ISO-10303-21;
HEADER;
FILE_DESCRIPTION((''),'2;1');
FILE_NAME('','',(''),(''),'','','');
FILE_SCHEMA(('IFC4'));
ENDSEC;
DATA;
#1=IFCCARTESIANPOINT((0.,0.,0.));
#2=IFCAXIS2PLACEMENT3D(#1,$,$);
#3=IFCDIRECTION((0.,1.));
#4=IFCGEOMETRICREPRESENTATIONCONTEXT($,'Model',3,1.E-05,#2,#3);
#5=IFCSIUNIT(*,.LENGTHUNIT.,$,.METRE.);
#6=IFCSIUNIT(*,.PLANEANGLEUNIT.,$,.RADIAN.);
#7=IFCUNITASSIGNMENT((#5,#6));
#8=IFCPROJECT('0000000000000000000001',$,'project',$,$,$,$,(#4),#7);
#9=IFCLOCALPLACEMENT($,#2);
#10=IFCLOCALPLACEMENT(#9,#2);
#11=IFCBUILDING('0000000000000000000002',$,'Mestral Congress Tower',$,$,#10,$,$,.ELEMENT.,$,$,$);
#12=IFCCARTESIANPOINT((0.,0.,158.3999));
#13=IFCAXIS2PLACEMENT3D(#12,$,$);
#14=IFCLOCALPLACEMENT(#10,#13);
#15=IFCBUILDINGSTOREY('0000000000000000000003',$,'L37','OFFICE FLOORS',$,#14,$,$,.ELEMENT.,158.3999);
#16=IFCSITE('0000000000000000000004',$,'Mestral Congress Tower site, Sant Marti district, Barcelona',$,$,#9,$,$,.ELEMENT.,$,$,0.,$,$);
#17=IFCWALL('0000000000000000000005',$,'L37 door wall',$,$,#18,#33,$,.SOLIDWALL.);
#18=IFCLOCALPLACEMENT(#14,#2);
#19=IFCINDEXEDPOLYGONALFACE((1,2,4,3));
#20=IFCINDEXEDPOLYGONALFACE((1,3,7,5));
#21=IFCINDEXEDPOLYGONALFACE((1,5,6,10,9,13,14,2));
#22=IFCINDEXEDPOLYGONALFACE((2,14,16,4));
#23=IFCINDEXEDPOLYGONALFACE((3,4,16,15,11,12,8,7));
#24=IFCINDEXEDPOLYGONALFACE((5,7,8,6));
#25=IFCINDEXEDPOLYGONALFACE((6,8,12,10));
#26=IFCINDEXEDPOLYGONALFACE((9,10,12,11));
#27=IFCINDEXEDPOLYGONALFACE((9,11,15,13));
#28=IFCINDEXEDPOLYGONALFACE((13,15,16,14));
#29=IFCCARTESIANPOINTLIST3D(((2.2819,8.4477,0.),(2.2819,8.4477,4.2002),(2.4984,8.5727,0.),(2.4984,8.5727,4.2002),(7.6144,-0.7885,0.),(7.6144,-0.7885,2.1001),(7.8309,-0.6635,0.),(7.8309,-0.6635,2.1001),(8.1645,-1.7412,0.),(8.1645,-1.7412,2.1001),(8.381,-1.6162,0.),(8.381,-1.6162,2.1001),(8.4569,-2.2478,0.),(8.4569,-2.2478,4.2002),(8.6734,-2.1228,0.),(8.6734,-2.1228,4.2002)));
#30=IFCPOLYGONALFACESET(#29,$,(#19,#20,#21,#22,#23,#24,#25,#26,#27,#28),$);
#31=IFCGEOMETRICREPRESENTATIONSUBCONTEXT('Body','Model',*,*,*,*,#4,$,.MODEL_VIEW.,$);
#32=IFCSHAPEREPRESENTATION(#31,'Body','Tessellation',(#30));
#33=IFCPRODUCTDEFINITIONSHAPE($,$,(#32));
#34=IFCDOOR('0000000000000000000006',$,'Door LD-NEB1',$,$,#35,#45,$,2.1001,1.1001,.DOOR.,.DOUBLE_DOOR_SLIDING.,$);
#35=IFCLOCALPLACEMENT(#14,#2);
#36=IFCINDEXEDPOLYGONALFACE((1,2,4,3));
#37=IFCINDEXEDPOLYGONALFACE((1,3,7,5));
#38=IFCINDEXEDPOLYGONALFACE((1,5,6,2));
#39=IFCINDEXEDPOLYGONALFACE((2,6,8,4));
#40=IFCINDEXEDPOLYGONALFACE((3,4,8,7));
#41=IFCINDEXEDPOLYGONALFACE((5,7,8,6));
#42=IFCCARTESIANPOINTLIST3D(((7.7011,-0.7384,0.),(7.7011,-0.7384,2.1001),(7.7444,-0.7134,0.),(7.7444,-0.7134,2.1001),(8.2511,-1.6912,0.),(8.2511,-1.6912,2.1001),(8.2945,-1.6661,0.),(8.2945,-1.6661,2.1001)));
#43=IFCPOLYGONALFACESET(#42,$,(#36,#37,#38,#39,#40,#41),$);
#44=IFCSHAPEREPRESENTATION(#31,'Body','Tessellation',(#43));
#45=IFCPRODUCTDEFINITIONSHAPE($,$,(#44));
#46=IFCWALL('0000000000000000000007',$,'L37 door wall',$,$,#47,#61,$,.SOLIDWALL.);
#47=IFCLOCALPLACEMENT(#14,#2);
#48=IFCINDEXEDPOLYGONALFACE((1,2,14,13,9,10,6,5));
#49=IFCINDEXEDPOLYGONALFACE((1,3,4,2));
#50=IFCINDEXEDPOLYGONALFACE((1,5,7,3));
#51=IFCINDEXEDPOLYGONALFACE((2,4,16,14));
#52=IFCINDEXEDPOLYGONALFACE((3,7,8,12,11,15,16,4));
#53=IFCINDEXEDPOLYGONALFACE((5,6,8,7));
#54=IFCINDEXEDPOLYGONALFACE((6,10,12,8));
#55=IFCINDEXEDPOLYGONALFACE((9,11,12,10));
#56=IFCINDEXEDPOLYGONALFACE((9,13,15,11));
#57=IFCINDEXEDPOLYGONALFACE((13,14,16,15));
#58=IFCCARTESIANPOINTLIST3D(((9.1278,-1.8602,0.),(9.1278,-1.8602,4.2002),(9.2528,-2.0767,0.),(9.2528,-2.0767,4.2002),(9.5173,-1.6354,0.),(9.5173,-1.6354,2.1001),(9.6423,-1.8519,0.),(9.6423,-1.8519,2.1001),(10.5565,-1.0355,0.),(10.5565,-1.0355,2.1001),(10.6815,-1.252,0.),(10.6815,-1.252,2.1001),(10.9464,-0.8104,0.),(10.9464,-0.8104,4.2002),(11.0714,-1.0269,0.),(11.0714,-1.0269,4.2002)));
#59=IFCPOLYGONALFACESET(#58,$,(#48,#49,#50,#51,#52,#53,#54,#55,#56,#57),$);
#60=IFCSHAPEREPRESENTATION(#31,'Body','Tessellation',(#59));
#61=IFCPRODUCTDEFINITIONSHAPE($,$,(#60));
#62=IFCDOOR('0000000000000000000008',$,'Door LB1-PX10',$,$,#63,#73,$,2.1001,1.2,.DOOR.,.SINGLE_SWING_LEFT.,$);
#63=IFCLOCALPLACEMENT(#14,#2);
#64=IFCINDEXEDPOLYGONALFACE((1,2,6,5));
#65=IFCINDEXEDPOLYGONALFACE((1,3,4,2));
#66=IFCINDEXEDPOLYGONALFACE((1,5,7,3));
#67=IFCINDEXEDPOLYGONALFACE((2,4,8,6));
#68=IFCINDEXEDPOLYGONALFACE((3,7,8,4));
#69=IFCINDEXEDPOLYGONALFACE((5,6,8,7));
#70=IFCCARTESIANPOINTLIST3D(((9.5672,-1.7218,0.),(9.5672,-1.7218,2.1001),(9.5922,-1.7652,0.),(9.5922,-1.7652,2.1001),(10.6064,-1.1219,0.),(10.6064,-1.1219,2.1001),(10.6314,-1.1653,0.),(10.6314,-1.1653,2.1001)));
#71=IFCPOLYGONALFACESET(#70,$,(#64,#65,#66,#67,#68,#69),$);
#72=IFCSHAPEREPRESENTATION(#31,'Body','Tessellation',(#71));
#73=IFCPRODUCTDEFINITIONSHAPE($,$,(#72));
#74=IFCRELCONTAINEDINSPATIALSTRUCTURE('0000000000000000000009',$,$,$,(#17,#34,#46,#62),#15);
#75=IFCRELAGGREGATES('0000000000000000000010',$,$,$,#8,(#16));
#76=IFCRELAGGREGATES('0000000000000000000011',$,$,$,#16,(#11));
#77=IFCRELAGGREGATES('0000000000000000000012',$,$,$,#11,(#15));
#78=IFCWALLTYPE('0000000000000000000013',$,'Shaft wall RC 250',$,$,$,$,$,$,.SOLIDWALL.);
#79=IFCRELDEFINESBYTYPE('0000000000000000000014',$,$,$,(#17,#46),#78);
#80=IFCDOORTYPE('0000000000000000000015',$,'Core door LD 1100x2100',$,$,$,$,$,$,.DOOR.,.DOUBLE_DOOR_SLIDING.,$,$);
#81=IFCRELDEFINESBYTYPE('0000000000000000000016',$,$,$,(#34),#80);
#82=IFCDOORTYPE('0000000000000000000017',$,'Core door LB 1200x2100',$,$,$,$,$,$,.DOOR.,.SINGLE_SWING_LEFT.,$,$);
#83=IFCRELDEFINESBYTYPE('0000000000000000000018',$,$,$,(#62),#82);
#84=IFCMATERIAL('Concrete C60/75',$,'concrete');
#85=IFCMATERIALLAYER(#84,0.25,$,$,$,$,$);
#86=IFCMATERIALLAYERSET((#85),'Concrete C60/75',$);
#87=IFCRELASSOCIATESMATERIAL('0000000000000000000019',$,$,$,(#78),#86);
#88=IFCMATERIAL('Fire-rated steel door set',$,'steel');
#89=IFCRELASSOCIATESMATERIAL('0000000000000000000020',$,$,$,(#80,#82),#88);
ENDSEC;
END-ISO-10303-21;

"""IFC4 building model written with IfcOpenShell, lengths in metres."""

from ifc_helpers import new_model, si_unit, direction, frame, frame_2d, origin, place, context, subcontext, project, spatial, rectangle, extrude, material, layer, layer_set, type_object, element, fill, save


model = new_model("IFC4")

# Units and contexts
model_context = context("Model", 3, precision=1e-05, world=origin(), true_north=direction((0.0, 1.0)))
body_context = subcontext(model_context, "Body", "Model", "MODEL_VIEW")
ifc_project = project(units=[si_unit("LENGTHUNIT", "METRE"), si_unit("PLANEANGLEUNIT", "RADIAN")], contexts=[model_context])

# Site, building, storey
site_placement = place(None, origin())
site = spatial("IfcSite", under=ifc_project, at=site_placement, Name="Mestral Congress Tower site, Sant Marti district, Barcelona", CompositionType="ELEMENT", RefElevation=0.0)
building_placement = place(site_placement, origin())
building = spatial("IfcBuilding", under=site, at=building_placement, Name="Mestral Congress Tower", CompositionType="ELEMENT")
storey_placement = place(building_placement, frame((0.0, 0.0, 158.3999)))
storey = spatial("IfcBuildingStorey", under=building, at=storey_placement, Name="L37", Description="OFFICE FLOORS", CompositionType="ELEMENT", Elevation=158.3999)

# Shared definitions
ifc_material_1 = material(Name="Concrete C60/75", Category="concrete")

# Shared definitions
ifc_layer_1 = layer(ifc_material_1, 0.25)
ifc_layer_set_1 = layer_set([ifc_layer_1], Name="Concrete C60/75")
wall_type_1 = type_object("IfcWallType", Name="Shaft wall RC 250", PredefinedType="SOLIDWALL", material=ifc_layer_set_1)

# Walls, openings, doors
wall_1_placement = place(storey_placement, frame((8.5652, -2.1853, 0.0), z_axis=(0.0, 0.0, 1.0), x_axis=(-0.499998, 0.866027, 0.0)))
wall_1 = element("IfcWall", 1, at=wall_1_placement, inside=storey, type_object=wall_type_1, Name="L37 door wall", PredefinedType="SOLIDWALL", context=body_context, shape_type="SweptSolid", body=[
    extrude(rectangle(XDim=12.3501, YDim=0.25, at=frame_2d((6.175, 0.0))), origin(), (0.0, 0.0, 1.0), 4.2002),
])
opening_1_placement = place(wall_1_placement, frame((0.585, 0.0, 0.0)))
opening_1 = element("IfcOpeningElement", 2, at=opening_1_placement, cuts=wall_1, PredefinedType="OPENING", context=body_context, shape_type="SweptSolid", body=[
    extrude(rectangle(XDim=1.1001, YDim=2.1001, at=frame_2d((0.55, 1.05))), frame((0.0, 0.135, 0.0), z_axis=(0.0, -1.0, 0.0), x_axis=(1.0, 0.0, 0.0)), (0.0, 0.0, 1.0), 0.27),
])
ifc_material_2 = material(Name="Fire-rated steel door set", Category="steel")
door_type_1 = type_object("IfcDoorType", Name="Core door LD 1100x2100", OperationType="DOUBLE_DOOR_SLIDING", PredefinedType="DOOR", material=ifc_material_2)
door_1_placement = place(opening_1_placement, origin())
door_1 = element("IfcDoor", 3, at=door_1_placement, inside=storey, type_object=door_type_1, Name="Door LD-NEB1", OperationType="DOUBLE_DOOR_SLIDING", OverallHeight=2.1001, OverallWidth=1.1001, PredefinedType="DOOR", context=body_context, shape_type="SweptSolid", body=[
    extrude(rectangle(XDim=1.1001, YDim=2.1001, at=frame_2d((0.55, 1.05))), frame((0.0, 0.0249, 0.0), z_axis=(0.0, -1.0, 0.0), x_axis=(1.0, 0.0, 0.0)), (0.0, 0.0, 1.0), 0.05),
])
fill(opening_1, door_1)
wall_2_placement = place(storey_placement, frame((11.0088, -0.9187, 0.0), z_axis=(0.0, 0.0, 1.0), x_axis=(-0.86606, -0.499941, 0.0)))
wall_2 = element("IfcWall", 4, at=wall_2_placement, inside=storey, type_object=wall_type_1, Name="L37 door wall", PredefinedType="SOLIDWALL", context=body_context, shape_type="SweptSolid", body=[
    extrude(rectangle(XDim=2.0999, YDim=0.25, at=frame_2d((1.0498, 0.0))), origin(), (0.0, 0.0, 1.0), 4.2002),
])
opening_2_placement = place(wall_2_placement, frame((0.45, 0.0, 0.0)))
opening_2 = element("IfcOpeningElement", 5, at=opening_2_placement, cuts=wall_2, PredefinedType="OPENING", context=body_context, shape_type="SweptSolid", body=[
    extrude(rectangle(XDim=1.2, YDim=2.1001, at=frame_2d((0.6001, 1.05))), frame((0.0, 0.135, 0.0), z_axis=(0.0, -1.0, 0.0), x_axis=(1.0, 0.0, 0.0)), (0.0, 0.0, 1.0), 0.27),
])
door_type_2 = type_object("IfcDoorType", Name="Core door LB 1200x2100", OperationType="SINGLE_SWING_LEFT", PredefinedType="DOOR", material=ifc_material_2)
door_2_placement = place(opening_2_placement, origin())
door_2 = element("IfcDoor", 6, at=door_2_placement, inside=storey, type_object=door_type_2, Name="Door LB1-PX10", OperationType="SINGLE_SWING_LEFT", OverallHeight=2.1001, OverallWidth=1.2, PredefinedType="DOOR", context=body_context, shape_type="SweptSolid", body=[
    extrude(rectangle(XDim=1.2, YDim=2.1001, at=frame_2d((0.6001, 1.05))), frame((0.0, 0.0249, 0.0), z_axis=(0.0, -1.0, 0.0), x_axis=(1.0, 0.0, 0.0)), (0.0, 0.0, 1.0), 0.05),
])
fill(opening_2, door_2)

save(model, "model.ifc")
